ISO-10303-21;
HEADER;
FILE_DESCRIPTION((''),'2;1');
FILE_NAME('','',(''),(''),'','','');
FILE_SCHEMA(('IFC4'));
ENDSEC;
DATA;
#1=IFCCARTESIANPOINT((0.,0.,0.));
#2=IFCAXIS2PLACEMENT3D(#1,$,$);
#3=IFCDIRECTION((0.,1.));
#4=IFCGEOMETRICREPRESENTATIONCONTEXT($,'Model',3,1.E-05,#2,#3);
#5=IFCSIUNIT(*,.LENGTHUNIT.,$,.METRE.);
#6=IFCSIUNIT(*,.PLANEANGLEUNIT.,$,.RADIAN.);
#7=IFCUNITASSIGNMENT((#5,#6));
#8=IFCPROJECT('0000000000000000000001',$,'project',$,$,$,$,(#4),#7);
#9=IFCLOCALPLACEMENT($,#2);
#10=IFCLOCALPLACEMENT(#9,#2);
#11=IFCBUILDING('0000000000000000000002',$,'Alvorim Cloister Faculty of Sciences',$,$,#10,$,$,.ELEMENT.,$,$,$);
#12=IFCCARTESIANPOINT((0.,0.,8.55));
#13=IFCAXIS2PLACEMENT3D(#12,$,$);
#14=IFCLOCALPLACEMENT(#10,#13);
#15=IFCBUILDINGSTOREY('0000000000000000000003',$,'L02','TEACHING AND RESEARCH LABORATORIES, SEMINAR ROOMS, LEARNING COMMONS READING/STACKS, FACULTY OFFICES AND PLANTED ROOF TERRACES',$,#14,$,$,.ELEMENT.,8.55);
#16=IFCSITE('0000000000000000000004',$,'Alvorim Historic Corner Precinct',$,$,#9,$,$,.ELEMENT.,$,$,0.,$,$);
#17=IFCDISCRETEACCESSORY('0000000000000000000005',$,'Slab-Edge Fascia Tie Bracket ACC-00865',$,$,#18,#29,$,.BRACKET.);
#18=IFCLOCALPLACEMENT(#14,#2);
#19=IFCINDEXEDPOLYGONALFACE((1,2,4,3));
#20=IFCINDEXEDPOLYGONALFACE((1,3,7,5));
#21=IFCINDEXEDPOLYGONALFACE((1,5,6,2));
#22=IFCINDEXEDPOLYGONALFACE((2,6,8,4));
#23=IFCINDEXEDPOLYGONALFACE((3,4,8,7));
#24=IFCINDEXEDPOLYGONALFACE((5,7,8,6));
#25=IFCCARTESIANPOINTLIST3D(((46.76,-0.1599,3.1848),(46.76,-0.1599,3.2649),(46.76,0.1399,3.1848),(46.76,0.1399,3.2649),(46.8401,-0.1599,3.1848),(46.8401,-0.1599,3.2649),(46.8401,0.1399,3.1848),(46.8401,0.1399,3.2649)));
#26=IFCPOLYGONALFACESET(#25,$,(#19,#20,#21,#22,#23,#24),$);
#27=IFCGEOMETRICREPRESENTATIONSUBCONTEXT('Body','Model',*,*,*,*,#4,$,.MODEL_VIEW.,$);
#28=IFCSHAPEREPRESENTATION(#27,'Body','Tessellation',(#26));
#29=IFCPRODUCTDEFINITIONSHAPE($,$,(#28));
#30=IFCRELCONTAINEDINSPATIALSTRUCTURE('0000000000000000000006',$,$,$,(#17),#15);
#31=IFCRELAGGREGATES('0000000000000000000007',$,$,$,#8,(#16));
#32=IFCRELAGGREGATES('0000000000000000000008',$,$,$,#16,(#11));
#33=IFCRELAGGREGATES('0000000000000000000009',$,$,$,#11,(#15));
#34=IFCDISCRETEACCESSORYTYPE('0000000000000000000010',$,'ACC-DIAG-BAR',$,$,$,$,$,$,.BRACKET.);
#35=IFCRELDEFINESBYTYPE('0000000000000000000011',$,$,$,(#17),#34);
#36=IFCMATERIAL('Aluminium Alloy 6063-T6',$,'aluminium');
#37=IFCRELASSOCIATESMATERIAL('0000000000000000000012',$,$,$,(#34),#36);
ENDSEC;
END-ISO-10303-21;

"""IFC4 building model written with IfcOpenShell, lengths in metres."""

from ifc_helpers import new_model, si_unit, direction, frame, origin, origin_2d, place, context, subcontext, project, spatial, rectangle, extrude, material, type_object, element, save


model = new_model("IFC4")

# Units and contexts
model_context = context("Model", 3, precision=1e-05, world=origin(), true_north=direction((0.0, 1.0)))
body_context = subcontext(model_context, "Body", "Model", "MODEL_VIEW")
ifc_project = project(units=[si_unit("LENGTHUNIT", "METRE"), si_unit("PLANEANGLEUNIT", "RADIAN")], contexts=[model_context])

# Site, building, storey
site_placement = place(None, origin())
site = spatial("IfcSite", under=ifc_project, at=site_placement, Name="Alvorim Historic Corner Precinct", CompositionType="ELEMENT", RefElevation=0.0)
building_placement = place(site_placement, origin())
building = spatial("IfcBuilding", under=site, at=building_placement, Name="Alvorim Cloister Faculty of Sciences", CompositionType="ELEMENT")
storey_placement = place(building_placement, frame((0.0, 0.0, 8.55)))
storey = spatial("IfcBuildingStorey", under=building, at=storey_placement, Name="L02", Description="TEACHING AND RESEARCH LABORATORIES, SEMINAR ROOMS, LEARNING COMMONS READING/STACKS, FACULTY OFFICES AND PLANTED ROOF TERRACES", CompositionType="ELEMENT", Elevation=8.55)

# Shared definitions
ifc_material_1 = material(Name="Aluminium Alloy 6063-T6", Category="aluminium")

# Discrete accessory
discrete_accessory_type = type_object("IfcDiscreteAccessoryType", Name="ACC-DIAG-BAR", PredefinedType="BRACKET", material=ifc_material_1)
discrete_accessory_placement = place(storey_placement, frame((46.8, 0.1399, 3.2249), z_axis=(0.0, -1.0, 0.0), x_axis=(1.0, 0.0, 0.0)))
element("IfcDiscreteAccessory", 1, at=discrete_accessory_placement, inside=storey, type_object=discrete_accessory_type, Name="Slab-Edge Fascia Tie Bracket ACC-00865", PredefinedType="BRACKET", context=body_context, shape_type="SweptSolid", body=[
    extrude(rectangle(XDim=0.0801, YDim=0.0801, at=origin_2d()), origin(), (0.0, 0.0, 1.0), 0.2998),
])

save(model, "model.ifc")
